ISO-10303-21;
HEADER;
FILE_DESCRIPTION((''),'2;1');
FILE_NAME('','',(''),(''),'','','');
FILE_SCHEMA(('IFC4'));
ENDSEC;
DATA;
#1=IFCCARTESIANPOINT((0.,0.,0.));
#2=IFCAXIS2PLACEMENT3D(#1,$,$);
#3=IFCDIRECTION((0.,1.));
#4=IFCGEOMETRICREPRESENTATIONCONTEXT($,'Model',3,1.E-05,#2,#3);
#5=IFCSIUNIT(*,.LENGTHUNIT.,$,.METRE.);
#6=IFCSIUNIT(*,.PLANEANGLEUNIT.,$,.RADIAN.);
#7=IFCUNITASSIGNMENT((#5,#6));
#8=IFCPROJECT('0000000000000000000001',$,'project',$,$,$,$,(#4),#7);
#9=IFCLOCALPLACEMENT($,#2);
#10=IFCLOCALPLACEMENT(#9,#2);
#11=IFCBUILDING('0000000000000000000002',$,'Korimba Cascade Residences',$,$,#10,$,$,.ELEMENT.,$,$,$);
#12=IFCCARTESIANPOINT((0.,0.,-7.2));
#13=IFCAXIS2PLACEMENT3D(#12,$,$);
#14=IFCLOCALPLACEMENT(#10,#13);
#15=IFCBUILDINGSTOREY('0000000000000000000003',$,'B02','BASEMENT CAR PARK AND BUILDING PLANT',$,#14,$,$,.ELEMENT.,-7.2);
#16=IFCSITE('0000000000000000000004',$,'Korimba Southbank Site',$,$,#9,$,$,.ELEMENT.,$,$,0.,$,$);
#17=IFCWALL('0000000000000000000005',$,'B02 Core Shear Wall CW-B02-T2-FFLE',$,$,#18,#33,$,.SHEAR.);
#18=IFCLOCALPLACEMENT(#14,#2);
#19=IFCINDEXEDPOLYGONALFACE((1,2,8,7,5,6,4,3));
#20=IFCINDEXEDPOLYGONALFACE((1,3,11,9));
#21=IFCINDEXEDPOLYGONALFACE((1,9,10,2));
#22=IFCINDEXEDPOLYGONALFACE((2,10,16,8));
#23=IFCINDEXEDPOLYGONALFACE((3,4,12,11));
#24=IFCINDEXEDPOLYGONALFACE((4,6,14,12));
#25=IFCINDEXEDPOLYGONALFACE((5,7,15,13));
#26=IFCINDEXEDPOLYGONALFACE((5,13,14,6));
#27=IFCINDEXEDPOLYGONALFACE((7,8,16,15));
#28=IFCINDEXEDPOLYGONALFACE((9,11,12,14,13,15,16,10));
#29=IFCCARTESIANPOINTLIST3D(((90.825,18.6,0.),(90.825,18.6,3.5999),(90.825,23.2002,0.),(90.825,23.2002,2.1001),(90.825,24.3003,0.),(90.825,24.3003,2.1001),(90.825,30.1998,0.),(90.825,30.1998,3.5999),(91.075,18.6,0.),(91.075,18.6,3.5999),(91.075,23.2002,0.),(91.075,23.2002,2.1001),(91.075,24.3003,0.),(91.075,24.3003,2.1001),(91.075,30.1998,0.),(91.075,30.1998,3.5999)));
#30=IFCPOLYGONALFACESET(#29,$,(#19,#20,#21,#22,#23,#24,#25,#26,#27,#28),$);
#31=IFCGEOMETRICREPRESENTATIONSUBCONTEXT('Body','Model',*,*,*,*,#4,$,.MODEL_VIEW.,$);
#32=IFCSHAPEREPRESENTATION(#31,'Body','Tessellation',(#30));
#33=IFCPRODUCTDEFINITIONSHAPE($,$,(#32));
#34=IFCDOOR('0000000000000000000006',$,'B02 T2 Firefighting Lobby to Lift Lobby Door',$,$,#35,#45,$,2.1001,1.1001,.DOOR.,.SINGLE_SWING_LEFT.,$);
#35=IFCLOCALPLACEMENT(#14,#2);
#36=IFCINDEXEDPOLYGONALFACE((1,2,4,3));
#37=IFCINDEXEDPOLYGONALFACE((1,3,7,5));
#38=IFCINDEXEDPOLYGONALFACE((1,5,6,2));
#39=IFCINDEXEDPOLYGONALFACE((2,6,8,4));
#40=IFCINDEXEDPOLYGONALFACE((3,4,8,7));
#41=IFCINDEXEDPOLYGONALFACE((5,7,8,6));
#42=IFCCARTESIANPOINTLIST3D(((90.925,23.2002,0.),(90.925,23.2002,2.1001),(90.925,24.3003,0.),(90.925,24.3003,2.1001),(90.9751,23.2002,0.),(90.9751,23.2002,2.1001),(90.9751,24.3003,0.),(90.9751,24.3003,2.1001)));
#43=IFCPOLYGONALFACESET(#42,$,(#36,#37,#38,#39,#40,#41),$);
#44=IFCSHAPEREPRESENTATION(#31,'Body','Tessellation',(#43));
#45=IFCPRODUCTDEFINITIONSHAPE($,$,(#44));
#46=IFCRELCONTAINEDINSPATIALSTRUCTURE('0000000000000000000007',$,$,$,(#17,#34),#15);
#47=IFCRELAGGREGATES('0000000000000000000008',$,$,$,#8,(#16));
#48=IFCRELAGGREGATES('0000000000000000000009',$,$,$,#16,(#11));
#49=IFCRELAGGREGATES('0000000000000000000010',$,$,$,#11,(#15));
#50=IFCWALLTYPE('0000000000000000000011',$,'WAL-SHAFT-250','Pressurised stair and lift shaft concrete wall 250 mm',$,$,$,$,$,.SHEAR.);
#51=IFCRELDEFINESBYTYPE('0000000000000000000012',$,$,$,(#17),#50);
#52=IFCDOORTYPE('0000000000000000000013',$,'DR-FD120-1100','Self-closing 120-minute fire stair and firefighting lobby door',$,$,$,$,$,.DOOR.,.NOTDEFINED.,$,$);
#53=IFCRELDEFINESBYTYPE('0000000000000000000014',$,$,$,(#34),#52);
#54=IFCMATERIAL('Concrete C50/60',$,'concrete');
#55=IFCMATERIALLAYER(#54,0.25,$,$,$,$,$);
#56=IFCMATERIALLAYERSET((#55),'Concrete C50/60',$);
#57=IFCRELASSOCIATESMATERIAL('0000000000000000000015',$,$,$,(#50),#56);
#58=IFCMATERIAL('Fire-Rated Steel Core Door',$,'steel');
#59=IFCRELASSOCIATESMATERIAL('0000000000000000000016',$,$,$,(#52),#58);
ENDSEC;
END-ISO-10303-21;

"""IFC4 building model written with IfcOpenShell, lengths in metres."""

from ifc_helpers import new_model, si_unit, direction, frame, frame_2d, origin, place, context, subcontext, project, spatial, rectangle, extrude, material, layer, layer_set, type_object, element, fill, save


model = new_model("IFC4")

# Units and contexts
model_context = context("Model", 3, precision=1e-05, world=origin(), true_north=direction((0.0, 1.0)))
body_context = subcontext(model_context, "Body", "Model", "MODEL_VIEW")
ifc_project = project(units=[si_unit("LENGTHUNIT", "METRE"), si_unit("PLANEANGLEUNIT", "RADIAN")], contexts=[model_context])

# Site, building, storey
site_placement = place(None, origin())
site = spatial("IfcSite", under=ifc_project, at=site_placement, Name="Korimba Southbank Site", CompositionType="ELEMENT", RefElevation=0.0)
building_placement = place(site_placement, origin())
building = spatial("IfcBuilding", under=site, at=building_placement, Name="Korimba Cascade Residences", CompositionType="ELEMENT")
storey_placement = place(building_placement, frame((0.0, 0.0, -7.2)))
storey = spatial("IfcBuildingStorey", under=building, at=storey_placement, Name="B02", Description="BASEMENT CAR PARK AND BUILDING PLANT", CompositionType="ELEMENT", Elevation=-7.2)

# Shared definitions
ifc_material_1 = material(Name="Concrete C50/60", Category="concrete")

# Shared definitions
ifc_layer_1 = layer(ifc_material_1, 0.25)
ifc_layer_set_1 = layer_set([ifc_layer_1], Name="Concrete C50/60")
wall_type_1 = type_object("IfcWallType", Name="WAL-SHAFT-250", Description="Pressurised stair and lift shaft concrete wall 250 mm", PredefinedType="SHEAR", material=ifc_layer_set_1)
ifc_material_2 = material(Name="Fire-Rated Steel Core Door", Category="steel")
door_type_1 = type_object("IfcDoorType", Name="DR-FD120-1100", Description="Self-closing 120-minute fire stair and firefighting lobby door", OperationType="NOTDEFINED", PredefinedType="DOOR", material=ifc_material_2)

# Wall, opening, door
wall_1_placement = place(storey_placement, frame((90.95, 18.6001, 0.0), z_axis=(0.0, 0.0, 1.0), x_axis=(0.0, 1.0, 0.0)))
wall_1 = element("IfcWall", 1, at=wall_1_placement, inside=storey, type_object=wall_type_1, Name="B02 Core Shear Wall CW-B02-T2-FFLE", PredefinedType="SHEAR", context=body_context, shape_type="SweptSolid", body=[
    extrude(rectangle(XDim=11.5999, YDim=0.25, at=frame_2d((5.7998, 0.0))), origin(), (0.0, 0.0, 1.0), 3.5999),
])
opening_1_placement = place(wall_1_placement, frame((4.6001, 0.0, 0.0)))
opening_1 = element("IfcOpeningElement", 2, at=opening_1_placement, cuts=wall_1, PredefinedType="OPENING", context=body_context, shape_type="SweptSolid", body=[
    extrude(rectangle(XDim=1.1001, YDim=2.1001, at=frame_2d((0.55, 1.05))), frame((0.0, 0.135, 0.0), z_axis=(0.0, -1.0, 0.0), x_axis=(1.0, 0.0, 0.0)), (0.0, 0.0, 1.0), 0.27),
])
door_1_placement = place(opening_1_placement, origin())
door_1 = element("IfcDoor", 3, at=door_1_placement, inside=storey, type_object=door_type_1, Name="B02 T2 Firefighting Lobby to Lift Lobby Door", OperationType="SINGLE_SWING_LEFT", OverallHeight=2.1001, OverallWidth=1.1001, PredefinedType="DOOR", context=body_context, shape_type="SweptSolid", body=[
    extrude(rectangle(XDim=1.1001, YDim=2.1001, at=frame_2d((0.55, 1.05))), frame((0.0, 0.0249, 0.0), z_axis=(0.0, -1.0, 0.0), x_axis=(1.0, 0.0, 0.0)), (0.0, 0.0, 1.0), 0.05),
])
fill(opening_1, door_1)

save(model, "model.ifc")
